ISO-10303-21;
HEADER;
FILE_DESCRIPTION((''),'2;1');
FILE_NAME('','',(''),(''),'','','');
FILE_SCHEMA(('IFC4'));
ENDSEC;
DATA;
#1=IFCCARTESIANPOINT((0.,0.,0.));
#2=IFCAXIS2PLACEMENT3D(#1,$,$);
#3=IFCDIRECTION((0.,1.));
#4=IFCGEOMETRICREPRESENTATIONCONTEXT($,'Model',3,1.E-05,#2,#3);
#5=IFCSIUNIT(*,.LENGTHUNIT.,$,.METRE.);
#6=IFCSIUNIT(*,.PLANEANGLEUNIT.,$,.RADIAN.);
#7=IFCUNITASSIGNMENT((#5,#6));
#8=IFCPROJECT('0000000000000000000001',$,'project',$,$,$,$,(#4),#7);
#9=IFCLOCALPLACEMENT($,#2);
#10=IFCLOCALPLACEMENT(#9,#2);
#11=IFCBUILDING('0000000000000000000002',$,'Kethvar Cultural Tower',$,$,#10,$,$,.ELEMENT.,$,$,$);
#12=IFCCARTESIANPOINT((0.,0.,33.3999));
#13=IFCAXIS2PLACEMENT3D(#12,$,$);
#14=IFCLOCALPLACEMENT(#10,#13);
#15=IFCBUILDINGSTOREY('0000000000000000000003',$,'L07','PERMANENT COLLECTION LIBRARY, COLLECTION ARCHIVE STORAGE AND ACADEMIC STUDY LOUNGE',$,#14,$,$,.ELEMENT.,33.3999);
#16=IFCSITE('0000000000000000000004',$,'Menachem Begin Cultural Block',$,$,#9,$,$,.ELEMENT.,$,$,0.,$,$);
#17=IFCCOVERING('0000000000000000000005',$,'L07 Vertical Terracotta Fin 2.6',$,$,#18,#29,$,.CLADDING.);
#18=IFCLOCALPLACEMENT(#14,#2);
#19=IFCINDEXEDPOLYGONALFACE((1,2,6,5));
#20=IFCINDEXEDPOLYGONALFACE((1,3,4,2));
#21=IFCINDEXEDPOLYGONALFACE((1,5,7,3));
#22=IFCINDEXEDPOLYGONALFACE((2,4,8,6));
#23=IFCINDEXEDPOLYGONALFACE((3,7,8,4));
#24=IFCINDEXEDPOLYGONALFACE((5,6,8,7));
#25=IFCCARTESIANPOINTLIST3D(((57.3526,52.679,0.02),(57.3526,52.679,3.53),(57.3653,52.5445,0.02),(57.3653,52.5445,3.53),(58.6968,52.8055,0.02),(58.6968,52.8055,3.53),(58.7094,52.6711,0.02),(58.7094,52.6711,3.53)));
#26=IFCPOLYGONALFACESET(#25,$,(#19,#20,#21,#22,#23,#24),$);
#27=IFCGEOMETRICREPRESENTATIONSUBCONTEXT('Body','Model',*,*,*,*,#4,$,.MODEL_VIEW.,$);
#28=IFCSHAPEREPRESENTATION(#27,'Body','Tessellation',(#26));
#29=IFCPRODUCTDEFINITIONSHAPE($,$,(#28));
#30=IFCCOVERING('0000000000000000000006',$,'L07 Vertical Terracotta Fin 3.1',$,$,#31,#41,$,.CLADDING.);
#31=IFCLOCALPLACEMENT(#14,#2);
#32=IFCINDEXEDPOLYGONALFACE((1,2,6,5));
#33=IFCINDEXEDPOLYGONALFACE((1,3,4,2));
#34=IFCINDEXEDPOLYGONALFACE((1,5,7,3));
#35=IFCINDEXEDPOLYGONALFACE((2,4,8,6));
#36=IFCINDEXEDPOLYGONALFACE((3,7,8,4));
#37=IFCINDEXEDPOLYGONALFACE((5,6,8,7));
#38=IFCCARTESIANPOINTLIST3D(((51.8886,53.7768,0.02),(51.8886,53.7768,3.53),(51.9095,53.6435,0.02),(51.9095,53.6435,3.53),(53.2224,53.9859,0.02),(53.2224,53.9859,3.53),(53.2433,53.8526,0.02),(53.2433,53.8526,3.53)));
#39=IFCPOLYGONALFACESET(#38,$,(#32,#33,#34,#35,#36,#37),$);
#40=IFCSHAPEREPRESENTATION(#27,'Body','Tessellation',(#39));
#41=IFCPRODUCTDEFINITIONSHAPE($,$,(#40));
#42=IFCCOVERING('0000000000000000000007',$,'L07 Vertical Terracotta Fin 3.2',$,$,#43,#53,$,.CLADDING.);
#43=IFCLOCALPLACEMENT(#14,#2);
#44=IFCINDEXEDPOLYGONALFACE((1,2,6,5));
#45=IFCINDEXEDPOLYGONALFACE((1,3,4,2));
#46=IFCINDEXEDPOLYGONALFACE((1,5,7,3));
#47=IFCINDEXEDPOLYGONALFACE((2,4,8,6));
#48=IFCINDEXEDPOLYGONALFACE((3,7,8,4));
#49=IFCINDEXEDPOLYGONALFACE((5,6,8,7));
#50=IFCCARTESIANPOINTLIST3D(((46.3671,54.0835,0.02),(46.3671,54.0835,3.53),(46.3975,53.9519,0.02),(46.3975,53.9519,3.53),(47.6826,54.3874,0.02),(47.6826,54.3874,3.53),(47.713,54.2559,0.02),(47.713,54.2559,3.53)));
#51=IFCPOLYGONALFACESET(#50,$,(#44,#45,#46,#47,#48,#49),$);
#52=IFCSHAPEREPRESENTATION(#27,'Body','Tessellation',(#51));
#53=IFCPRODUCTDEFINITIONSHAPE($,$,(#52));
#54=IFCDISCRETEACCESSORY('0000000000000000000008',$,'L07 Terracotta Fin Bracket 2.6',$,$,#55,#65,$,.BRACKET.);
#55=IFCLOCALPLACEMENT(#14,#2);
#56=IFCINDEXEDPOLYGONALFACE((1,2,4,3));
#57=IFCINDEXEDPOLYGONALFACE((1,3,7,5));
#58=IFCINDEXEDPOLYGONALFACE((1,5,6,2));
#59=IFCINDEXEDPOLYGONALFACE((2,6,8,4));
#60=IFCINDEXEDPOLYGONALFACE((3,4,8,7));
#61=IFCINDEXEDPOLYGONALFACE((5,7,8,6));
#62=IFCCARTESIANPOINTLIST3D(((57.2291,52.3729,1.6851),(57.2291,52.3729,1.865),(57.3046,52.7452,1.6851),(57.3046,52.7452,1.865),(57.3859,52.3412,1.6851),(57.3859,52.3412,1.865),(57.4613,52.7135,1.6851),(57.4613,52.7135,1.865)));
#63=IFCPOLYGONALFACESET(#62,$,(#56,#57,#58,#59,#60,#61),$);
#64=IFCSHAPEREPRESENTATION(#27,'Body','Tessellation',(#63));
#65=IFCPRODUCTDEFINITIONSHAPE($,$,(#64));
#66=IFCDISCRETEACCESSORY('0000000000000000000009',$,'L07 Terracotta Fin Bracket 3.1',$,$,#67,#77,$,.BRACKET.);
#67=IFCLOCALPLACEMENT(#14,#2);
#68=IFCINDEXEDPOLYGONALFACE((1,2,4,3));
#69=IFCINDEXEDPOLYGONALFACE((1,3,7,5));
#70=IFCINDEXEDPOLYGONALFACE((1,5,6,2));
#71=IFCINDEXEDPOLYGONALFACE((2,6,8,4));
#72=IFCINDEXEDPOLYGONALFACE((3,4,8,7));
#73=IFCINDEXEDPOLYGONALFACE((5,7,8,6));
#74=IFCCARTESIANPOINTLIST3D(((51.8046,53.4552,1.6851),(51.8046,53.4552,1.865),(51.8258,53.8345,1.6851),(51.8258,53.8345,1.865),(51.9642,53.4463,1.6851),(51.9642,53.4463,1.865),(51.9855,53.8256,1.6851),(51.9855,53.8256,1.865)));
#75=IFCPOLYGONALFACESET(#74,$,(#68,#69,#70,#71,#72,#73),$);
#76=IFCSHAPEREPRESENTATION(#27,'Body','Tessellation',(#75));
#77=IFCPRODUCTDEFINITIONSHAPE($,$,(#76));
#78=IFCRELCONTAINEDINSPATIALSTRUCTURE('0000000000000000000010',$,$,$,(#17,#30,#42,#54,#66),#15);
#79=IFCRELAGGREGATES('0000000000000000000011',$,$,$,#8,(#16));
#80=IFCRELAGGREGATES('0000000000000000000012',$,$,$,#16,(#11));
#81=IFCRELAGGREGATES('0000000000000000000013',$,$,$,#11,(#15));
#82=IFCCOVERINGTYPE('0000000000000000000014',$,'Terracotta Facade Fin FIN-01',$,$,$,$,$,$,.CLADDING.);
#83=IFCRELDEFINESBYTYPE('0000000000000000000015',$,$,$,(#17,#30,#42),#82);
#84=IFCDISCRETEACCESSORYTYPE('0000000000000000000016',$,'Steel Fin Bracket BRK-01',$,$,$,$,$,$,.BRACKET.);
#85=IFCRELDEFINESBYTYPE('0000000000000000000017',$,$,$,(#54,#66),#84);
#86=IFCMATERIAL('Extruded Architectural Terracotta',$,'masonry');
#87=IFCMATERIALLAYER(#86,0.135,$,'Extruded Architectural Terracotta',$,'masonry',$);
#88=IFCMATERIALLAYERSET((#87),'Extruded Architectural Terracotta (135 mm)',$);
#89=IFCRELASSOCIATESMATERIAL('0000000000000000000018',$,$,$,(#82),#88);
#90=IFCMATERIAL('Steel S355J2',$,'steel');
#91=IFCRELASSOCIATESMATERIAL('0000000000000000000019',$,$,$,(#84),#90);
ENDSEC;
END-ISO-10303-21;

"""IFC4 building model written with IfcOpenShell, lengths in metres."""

from ifc_helpers import new_model, si_unit, direction, frame, origin, origin_2d, place, context, subcontext, project, spatial, rectangle, extrude, source, transform, mapped, material, layer, layer_set, type_object, element, save


model = new_model("IFC4")

# Units and contexts
model_context = context("Model", 3, precision=1e-05, world=origin(), true_north=direction((0.0, 1.0)))
body_context = subcontext(model_context, "Body", "Model", "MODEL_VIEW")
ifc_project = project(units=[si_unit("LENGTHUNIT", "METRE"), si_unit("PLANEANGLEUNIT", "RADIAN")], contexts=[model_context])

# Site, building, storey
site_placement = place(None, origin())
site = spatial("IfcSite", under=ifc_project, at=site_placement, Name="Menachem Begin Cultural Block", CompositionType="ELEMENT", RefElevation=0.0)
building_placement = place(site_placement, origin())
building = spatial("IfcBuilding", under=site, at=building_placement, Name="Kethvar Cultural Tower", CompositionType="ELEMENT")
storey_placement = place(building_placement, frame((0.0, 0.0, 33.3999)))
storey = spatial("IfcBuildingStorey", under=building, at=storey_placement, Name="L07", Description="PERMANENT COLLECTION LIBRARY, COLLECTION ARCHIVE STORAGE AND ACADEMIC STUDY LOUNGE", CompositionType="ELEMENT", Elevation=33.3999)

# Shared definitions
ifc_material_1 = material(Name="Steel S355J2", Category="steel")

# Coverings
ifc_material_2 = material(Name="Extruded Architectural Terracotta", Category="masonry")
ifc_layer_1 = layer(ifc_material_2, 0.135, Name="Extruded Architectural Terracotta", Category="masonry")
ifc_layer_set_1 = layer_set([ifc_layer_1], Name="Extruded Architectural Terracotta (135 mm)")
covering_type = type_object("IfcCoveringType", Name="Terracotta Facade Fin FIN-01", PredefinedType="CLADDING", material=ifc_layer_set_1)
shared_shape_1 = source(origin(), body_context, "Body", "SweptSolid", [
    extrude(rectangle(XDim=1.3501, YDim=0.135, at=origin_2d()), origin(), (0.0, 0.0, 1.0), 3.51),
])
for number, where, z_axis, x_axis, name in (
    (1, (58.031, 52.675, 0.02), (0.0, 0.0, 1.0), (0.995595, 0.093761, 0.0), "L07 Vertical Terracotta Fin 2.6"),
    (2, (52.5659, 53.8147, 0.02), (0.0, 0.0, 1.0), (0.987933, 0.154883, 0.0), "L07 Vertical Terracotta Fin 3.1"),
    (3, (47.04, 54.1697, 0.02), (0.0, 0.0, 1.0), (0.974331, 0.225121, 0.0), "L07 Vertical Terracotta Fin 3.2"),
):
    element("IfcCovering", number, at=place(storey_placement, frame(where, z_axis=z_axis, x_axis=x_axis)), inside=storey, type_object=covering_type, Name=name, PredefinedType="CLADDING", context=body_context, shape_type="MappedRepresentation", body=[
        mapped(shared_shape_1, transform((0.0, 0.0, 0.0), scale=1.0)),
    ])

# Discrete accessories
discrete_accessory_type = type_object("IfcDiscreteAccessoryType", Name="Steel Fin Bracket BRK-01", PredefinedType="BRACKET", material=ifc_material_1)
shared_shape_2 = source(origin(), body_context, "Body", "SweptSolid", [
    extrude(rectangle(XDim=0.3799, YDim=0.1599, at=origin_2d()), origin(), (0.0, 0.0, 1.0), 0.1799),
])
for number, where, z_axis, x_axis, name in (
    (4, (57.3452, 52.5432, 1.6851), (0.0, 0.0, 1.0), (0.198513, 0.980098, 0.0), "L07 Terracotta Fin Bracket 2.6"),
    (5, (51.895, 53.6404, 1.6851), (0.0, 0.0, 1.0), (0.055822, 0.998441, 0.0), "L07 Terracotta Fin Bracket 3.1"),
):
    element("IfcDiscreteAccessory", number, at=place(storey_placement, frame(where, z_axis=z_axis, x_axis=x_axis)), inside=storey, type_object=discrete_accessory_type, Name=name, PredefinedType="BRACKET", context=body_context, shape_type="MappedRepresentation", body=[
        mapped(shared_shape_2, transform((0.0, 0.0, 0.0), scale=1.0)),
    ])

save(model, "model.ifc")
